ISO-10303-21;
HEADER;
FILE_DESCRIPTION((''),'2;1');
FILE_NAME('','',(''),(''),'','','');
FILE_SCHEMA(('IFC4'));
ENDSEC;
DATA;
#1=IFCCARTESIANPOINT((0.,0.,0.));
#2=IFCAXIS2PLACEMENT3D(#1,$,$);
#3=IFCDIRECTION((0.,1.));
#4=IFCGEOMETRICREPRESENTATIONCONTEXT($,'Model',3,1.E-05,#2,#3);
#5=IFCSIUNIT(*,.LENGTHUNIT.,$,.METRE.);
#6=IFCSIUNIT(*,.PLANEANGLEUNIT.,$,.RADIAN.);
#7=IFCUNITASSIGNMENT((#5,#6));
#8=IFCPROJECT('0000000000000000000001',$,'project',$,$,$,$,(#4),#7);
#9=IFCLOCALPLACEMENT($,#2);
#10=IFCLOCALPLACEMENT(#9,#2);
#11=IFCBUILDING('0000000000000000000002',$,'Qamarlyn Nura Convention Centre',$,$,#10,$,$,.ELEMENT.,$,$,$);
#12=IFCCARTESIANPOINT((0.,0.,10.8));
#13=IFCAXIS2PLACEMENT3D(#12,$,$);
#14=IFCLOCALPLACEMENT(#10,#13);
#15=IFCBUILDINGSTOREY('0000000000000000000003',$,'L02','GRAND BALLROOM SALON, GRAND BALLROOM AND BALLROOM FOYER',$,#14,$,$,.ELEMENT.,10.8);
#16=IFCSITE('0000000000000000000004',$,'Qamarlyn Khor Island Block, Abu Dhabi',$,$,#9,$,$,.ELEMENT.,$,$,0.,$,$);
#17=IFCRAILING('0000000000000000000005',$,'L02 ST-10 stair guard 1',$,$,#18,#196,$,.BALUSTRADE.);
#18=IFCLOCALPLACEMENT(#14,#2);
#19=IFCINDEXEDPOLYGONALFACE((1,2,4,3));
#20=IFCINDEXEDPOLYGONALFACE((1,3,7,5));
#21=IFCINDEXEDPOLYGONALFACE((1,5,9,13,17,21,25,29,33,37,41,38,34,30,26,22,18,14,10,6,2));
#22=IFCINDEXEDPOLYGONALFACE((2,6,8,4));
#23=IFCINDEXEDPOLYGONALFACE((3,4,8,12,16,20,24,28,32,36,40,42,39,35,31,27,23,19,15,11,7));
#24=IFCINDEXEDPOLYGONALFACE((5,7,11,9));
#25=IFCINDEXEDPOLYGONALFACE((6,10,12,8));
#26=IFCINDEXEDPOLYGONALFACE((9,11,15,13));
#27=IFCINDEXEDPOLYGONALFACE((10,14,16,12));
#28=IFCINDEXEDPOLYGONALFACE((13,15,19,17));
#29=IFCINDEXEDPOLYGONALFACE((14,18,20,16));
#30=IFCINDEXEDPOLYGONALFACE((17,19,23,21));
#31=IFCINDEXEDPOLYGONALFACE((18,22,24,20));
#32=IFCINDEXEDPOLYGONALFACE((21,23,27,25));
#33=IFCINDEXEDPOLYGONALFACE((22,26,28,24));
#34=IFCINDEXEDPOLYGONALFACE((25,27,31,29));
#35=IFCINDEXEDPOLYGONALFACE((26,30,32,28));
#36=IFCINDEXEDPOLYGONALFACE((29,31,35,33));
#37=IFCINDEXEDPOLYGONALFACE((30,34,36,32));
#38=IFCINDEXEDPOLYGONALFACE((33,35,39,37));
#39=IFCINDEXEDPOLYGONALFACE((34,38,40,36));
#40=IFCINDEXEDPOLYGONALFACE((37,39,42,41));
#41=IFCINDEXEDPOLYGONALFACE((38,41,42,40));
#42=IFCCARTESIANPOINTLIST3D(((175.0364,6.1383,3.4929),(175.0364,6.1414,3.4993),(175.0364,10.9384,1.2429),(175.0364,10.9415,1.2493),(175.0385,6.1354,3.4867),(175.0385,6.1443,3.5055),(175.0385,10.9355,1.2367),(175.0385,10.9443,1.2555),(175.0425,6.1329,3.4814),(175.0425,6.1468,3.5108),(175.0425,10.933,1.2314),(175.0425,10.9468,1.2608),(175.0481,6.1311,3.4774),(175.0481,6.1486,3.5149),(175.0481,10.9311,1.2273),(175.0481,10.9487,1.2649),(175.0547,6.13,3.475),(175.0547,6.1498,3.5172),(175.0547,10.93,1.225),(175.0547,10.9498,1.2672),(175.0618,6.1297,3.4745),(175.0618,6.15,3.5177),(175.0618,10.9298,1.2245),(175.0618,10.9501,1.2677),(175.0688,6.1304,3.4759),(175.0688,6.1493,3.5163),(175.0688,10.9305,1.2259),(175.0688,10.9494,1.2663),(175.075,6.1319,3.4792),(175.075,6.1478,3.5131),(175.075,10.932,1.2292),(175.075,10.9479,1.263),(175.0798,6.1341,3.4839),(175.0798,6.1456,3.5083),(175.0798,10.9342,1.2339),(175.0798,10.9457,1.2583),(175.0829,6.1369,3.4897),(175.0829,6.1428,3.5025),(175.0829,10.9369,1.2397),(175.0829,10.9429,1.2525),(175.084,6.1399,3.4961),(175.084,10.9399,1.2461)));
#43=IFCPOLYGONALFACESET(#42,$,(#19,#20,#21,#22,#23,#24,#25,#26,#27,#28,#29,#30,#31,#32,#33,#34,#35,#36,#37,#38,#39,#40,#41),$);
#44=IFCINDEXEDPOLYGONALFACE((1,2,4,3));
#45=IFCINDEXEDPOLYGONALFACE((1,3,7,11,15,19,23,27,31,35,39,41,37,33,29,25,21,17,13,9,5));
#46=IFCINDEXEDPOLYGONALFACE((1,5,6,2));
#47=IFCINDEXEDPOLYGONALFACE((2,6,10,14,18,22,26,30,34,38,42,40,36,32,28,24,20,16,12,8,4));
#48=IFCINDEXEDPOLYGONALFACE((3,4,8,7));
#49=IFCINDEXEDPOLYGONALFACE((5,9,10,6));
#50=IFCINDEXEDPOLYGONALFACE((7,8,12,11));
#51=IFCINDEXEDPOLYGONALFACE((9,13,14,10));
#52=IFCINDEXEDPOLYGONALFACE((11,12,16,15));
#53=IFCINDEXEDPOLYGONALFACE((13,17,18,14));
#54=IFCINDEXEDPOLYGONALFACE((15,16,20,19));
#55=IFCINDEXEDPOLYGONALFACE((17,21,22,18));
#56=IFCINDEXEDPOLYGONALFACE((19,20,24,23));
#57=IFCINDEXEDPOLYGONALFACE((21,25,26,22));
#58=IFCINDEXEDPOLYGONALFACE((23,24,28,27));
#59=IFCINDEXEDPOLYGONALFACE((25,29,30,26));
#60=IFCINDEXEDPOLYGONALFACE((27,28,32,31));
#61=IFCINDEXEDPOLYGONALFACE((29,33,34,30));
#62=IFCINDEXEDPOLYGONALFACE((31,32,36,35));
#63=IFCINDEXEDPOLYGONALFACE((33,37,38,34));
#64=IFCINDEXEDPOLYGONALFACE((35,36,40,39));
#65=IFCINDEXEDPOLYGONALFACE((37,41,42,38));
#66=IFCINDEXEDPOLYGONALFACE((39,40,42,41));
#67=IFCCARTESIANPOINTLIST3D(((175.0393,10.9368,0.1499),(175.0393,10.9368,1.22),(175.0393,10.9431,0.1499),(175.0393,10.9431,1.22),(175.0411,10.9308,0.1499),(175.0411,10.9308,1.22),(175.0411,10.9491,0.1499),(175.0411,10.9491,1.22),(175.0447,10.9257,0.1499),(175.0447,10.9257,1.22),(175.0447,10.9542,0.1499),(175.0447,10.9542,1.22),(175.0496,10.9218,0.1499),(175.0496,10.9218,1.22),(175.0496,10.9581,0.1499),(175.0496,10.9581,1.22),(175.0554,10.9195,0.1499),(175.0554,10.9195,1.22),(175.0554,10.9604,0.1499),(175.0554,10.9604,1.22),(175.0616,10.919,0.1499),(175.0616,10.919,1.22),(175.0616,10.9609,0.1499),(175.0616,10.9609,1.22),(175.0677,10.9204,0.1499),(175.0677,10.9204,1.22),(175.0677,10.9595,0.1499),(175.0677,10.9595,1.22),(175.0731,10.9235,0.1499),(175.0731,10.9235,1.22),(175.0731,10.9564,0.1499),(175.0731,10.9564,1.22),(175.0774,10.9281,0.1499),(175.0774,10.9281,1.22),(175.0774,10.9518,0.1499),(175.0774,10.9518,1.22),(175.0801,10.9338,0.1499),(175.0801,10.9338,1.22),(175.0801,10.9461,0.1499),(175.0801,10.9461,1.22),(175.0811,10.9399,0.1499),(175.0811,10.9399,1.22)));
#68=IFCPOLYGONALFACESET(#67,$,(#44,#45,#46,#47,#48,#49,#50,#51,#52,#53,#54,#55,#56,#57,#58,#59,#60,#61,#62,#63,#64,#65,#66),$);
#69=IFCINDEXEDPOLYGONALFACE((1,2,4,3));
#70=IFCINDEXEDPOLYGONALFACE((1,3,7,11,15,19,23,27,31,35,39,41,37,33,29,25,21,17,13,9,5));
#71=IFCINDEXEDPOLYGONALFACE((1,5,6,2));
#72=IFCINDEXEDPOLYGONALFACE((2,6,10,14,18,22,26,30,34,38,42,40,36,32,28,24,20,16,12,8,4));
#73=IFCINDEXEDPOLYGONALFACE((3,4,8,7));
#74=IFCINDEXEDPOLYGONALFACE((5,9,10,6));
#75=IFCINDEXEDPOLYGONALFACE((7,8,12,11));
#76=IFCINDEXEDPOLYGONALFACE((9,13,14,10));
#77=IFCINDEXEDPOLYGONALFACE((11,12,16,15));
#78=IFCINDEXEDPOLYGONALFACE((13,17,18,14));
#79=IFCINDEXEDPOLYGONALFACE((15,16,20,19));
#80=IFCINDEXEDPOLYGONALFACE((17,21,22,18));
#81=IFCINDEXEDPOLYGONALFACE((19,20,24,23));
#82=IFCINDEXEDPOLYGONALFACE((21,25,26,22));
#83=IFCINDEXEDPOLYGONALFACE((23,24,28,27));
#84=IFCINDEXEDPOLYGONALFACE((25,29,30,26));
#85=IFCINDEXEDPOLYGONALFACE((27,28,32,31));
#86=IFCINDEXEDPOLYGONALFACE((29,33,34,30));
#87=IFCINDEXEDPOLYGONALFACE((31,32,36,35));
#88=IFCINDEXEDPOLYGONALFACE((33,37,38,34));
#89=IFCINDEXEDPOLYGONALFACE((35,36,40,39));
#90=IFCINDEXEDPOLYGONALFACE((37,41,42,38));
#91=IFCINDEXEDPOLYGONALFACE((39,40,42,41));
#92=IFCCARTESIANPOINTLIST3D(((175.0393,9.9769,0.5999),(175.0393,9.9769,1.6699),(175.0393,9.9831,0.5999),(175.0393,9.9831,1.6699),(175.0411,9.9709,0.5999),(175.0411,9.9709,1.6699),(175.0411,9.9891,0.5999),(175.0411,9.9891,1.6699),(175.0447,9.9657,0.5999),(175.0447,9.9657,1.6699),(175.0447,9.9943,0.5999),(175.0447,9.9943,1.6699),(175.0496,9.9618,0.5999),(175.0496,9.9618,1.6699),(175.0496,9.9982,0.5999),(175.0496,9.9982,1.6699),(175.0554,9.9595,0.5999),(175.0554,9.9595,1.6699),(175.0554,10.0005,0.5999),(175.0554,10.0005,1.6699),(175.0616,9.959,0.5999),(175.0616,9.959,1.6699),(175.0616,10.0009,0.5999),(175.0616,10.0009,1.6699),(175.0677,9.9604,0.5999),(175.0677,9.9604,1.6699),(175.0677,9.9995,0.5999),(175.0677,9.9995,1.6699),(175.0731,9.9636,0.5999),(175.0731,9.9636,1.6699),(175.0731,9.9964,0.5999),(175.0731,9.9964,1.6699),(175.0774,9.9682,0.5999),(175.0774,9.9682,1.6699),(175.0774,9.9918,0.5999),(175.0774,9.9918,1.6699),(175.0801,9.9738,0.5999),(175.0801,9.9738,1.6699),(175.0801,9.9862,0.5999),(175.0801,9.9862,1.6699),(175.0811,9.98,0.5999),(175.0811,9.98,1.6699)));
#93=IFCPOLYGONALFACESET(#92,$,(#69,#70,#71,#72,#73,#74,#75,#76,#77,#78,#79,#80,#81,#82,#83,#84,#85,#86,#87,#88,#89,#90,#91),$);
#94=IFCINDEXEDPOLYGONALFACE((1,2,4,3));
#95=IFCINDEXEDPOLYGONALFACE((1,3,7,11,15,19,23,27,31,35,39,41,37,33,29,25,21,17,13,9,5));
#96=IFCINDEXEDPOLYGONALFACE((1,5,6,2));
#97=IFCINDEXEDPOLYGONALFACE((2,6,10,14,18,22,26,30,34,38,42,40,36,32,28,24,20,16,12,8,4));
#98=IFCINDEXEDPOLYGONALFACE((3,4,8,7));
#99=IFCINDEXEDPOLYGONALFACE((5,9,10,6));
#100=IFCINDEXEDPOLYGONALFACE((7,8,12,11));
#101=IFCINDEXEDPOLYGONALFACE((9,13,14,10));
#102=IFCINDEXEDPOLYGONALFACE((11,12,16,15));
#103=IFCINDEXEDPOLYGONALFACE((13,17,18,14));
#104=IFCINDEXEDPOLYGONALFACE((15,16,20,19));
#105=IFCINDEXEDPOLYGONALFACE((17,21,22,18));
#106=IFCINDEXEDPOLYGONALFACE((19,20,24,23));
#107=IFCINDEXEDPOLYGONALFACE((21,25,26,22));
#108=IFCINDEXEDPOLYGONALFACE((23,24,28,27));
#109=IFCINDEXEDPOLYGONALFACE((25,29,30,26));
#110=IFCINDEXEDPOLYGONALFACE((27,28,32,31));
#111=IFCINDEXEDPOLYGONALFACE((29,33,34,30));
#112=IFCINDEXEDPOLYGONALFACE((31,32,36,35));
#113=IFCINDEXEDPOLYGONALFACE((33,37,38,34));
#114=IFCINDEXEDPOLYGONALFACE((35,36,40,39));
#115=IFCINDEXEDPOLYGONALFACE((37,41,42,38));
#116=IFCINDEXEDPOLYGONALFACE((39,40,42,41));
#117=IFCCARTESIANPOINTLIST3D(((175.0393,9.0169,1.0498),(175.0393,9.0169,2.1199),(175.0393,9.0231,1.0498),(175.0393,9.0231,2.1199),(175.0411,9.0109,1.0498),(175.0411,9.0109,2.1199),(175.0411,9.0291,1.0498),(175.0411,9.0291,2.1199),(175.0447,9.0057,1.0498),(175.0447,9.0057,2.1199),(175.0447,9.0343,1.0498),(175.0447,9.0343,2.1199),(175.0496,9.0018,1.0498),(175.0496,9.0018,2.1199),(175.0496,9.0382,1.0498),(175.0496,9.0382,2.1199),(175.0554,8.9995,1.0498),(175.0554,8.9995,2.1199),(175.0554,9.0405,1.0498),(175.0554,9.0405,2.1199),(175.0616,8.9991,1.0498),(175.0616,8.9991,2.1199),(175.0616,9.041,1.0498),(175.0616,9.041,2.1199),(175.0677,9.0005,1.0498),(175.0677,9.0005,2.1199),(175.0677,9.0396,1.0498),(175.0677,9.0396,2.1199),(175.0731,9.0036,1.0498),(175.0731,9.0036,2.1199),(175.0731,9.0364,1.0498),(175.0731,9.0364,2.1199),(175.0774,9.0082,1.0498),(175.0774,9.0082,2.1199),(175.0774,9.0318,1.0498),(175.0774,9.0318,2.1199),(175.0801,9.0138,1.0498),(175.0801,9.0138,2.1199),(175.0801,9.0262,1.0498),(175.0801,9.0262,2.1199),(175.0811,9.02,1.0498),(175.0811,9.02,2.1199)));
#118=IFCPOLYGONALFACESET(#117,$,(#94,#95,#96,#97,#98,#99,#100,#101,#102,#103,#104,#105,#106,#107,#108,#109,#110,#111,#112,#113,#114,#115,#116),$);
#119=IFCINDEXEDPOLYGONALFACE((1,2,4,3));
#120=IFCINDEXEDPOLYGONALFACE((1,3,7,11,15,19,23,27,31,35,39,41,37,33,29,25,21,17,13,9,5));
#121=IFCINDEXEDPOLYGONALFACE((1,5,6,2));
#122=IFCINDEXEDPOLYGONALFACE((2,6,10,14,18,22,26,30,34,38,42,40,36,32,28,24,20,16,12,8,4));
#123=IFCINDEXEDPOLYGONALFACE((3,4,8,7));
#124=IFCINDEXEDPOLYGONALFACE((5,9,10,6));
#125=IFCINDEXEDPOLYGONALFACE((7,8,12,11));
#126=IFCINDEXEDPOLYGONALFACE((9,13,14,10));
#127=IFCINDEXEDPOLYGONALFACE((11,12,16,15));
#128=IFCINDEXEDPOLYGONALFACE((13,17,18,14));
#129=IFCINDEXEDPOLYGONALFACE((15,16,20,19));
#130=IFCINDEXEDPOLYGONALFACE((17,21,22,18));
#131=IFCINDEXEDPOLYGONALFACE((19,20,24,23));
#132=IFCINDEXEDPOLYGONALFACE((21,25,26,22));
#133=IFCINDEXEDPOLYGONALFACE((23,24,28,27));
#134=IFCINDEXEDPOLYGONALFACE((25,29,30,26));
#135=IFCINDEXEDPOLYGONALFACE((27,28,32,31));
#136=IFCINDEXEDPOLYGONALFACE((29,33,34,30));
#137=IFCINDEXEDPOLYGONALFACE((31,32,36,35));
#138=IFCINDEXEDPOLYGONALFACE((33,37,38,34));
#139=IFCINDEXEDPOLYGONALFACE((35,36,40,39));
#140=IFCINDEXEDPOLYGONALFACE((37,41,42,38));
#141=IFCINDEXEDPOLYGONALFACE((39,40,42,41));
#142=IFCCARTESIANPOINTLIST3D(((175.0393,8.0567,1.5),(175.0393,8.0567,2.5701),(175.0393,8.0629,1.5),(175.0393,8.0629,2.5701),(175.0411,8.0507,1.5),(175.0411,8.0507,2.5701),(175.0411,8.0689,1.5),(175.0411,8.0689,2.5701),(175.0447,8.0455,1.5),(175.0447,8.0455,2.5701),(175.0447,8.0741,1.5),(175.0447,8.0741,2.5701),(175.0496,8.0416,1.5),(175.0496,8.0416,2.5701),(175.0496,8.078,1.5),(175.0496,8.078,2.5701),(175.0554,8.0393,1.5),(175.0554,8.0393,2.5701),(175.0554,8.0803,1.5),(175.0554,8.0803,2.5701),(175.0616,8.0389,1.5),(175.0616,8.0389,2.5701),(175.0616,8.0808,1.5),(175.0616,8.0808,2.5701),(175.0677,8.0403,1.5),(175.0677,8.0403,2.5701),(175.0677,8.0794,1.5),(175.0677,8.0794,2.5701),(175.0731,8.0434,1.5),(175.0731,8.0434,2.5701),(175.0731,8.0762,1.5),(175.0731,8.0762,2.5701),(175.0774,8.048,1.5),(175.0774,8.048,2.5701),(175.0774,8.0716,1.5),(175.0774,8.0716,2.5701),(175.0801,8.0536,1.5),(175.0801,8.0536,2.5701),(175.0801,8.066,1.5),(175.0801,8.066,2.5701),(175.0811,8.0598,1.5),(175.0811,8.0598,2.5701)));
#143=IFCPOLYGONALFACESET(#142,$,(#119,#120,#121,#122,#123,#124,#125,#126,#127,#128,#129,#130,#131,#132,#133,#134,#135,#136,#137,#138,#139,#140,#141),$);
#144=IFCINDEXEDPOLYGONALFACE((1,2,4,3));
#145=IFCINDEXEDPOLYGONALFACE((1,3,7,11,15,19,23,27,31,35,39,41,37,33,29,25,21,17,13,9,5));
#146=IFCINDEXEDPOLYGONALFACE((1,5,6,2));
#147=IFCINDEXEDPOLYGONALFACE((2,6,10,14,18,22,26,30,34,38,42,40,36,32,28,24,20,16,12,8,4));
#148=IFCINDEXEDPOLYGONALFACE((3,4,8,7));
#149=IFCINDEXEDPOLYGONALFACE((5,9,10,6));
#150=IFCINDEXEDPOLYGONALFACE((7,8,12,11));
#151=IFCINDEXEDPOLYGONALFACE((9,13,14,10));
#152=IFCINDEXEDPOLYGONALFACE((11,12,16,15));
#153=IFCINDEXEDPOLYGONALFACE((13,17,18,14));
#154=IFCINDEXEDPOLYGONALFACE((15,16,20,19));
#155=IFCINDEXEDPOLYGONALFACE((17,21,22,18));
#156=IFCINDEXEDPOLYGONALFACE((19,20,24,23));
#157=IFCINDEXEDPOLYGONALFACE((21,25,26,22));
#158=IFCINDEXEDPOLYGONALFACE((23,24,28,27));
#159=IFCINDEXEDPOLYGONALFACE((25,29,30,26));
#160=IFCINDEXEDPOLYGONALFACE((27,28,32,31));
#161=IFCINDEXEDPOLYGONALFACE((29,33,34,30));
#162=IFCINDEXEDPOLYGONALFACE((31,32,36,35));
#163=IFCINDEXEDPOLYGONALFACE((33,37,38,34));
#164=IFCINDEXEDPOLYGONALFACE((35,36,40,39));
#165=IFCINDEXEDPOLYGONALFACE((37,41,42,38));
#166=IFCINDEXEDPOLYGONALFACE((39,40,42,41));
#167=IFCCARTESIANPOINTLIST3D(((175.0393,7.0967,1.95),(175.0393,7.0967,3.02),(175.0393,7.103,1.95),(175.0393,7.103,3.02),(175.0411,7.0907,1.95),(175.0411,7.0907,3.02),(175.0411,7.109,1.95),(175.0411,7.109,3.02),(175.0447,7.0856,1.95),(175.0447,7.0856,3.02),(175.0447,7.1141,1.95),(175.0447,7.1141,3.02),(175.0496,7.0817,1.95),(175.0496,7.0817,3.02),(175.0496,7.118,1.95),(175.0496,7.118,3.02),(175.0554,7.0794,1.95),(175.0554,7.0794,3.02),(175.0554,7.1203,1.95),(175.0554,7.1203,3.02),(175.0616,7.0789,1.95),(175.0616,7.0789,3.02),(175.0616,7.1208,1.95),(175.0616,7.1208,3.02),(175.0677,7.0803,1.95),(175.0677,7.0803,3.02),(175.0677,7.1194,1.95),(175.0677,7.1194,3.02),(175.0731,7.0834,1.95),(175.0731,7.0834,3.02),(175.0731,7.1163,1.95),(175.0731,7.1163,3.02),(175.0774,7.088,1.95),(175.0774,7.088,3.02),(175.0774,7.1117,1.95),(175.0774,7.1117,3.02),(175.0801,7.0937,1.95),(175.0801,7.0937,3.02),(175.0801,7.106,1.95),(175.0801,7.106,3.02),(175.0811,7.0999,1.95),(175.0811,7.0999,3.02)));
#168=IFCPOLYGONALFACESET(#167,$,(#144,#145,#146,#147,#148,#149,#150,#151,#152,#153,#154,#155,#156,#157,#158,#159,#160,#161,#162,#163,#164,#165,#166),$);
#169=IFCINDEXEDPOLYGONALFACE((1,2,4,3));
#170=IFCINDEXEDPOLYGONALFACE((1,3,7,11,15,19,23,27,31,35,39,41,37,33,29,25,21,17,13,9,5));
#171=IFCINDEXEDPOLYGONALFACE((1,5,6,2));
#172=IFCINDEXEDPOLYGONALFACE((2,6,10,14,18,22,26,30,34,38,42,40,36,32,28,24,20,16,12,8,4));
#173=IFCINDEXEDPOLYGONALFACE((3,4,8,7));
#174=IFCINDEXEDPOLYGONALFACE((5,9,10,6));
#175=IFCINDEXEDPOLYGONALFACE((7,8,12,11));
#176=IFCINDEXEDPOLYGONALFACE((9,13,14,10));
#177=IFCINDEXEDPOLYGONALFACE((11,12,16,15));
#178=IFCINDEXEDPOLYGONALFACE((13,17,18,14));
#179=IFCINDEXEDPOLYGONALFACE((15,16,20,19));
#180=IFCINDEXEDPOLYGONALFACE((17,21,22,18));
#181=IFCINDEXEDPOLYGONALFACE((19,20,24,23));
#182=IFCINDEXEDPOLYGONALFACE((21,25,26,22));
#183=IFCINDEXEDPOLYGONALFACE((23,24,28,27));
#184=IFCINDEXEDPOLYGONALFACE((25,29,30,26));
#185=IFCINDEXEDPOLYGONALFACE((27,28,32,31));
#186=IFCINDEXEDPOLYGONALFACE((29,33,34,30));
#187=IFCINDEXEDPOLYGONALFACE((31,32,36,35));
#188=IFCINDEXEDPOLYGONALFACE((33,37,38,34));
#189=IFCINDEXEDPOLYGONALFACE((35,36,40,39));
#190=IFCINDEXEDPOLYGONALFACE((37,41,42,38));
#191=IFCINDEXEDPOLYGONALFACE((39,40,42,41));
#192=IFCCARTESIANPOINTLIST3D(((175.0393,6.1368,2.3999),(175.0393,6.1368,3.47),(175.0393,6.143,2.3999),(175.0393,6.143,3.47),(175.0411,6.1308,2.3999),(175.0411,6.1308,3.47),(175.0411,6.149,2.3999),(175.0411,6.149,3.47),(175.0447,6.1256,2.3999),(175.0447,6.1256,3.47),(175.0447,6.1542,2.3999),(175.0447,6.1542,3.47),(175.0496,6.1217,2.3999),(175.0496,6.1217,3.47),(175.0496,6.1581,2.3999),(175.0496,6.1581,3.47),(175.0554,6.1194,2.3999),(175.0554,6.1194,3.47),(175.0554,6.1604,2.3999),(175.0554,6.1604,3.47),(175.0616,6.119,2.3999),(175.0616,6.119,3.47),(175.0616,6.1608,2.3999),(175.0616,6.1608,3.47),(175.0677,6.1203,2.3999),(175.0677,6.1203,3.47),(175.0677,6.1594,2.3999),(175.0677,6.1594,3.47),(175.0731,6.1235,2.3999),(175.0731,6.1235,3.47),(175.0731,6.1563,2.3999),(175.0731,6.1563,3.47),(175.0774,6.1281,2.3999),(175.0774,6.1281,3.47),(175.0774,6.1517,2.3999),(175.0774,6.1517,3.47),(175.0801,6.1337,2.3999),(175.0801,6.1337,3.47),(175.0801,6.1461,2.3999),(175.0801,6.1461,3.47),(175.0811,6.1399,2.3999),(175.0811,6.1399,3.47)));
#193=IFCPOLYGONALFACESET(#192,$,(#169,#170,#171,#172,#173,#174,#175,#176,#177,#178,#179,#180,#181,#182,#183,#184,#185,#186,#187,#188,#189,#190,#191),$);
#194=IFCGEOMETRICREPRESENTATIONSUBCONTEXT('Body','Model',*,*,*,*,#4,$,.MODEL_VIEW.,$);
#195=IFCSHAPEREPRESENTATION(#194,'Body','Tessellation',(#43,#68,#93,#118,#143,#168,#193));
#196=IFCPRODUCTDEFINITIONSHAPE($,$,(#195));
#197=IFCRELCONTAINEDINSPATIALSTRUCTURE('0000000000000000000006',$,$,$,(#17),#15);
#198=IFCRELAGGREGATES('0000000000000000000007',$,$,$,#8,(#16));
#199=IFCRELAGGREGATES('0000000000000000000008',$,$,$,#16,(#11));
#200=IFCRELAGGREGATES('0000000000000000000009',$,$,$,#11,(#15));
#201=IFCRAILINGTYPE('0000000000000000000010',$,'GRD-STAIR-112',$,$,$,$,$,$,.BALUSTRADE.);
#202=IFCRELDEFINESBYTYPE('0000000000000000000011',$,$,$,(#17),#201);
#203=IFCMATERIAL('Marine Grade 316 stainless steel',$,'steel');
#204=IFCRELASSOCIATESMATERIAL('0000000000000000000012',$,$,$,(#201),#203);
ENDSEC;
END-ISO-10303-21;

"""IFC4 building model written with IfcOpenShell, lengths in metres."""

from ifc_helpers import new_model, si_unit, direction, frame, origin, origin_2d, place, context, subcontext, project, spatial, circle, extrude, material, type_object, element, save


model = new_model("IFC4")

# Units and contexts
model_context = context("Model", 3, precision=1e-05, world=origin(), true_north=direction((0.0, 1.0)))
body_context = subcontext(model_context, "Body", "Model", "MODEL_VIEW")
ifc_project = project(units=[si_unit("LENGTHUNIT", "METRE"), si_unit("PLANEANGLEUNIT", "RADIAN")], contexts=[model_context])

# Site, building, storey
site_placement = place(None, origin())
site = spatial("IfcSite", under=ifc_project, at=site_placement, Name="Qamarlyn Khor Island Block, Abu Dhabi", CompositionType="ELEMENT", RefElevation=0.0)
building_placement = place(site_placement, origin())
building = spatial("IfcBuilding", under=site, at=building_placement, Name="Qamarlyn Nura Convention Centre", CompositionType="ELEMENT")
storey_placement = place(building_placement, frame((0.0, 0.0, 10.8)))
storey = spatial("IfcBuildingStorey", under=building, at=storey_placement, Name="L02", Description="GRAND BALLROOM SALON, GRAND BALLROOM AND BALLROOM FOYER", CompositionType="ELEMENT", Elevation=10.8)

# Railing
ifc_material_1 = material(Name="Marine Grade 316 stainless steel", Category="steel")
railing_type_1 = type_object("IfcRailingType", Name="GRD-STAIR-112", PredefinedType="BALUSTRADE", material=ifc_material_1)
railing_1_placement = place(storey_placement, frame((175.0601, 10.9399, 0.1499)))
element("IfcRailing", 1, at=railing_1_placement, inside=storey, type_object=railing_type_1, Name="L02 ST-10 stair guard 1", PredefinedType="BALUSTRADE", context=body_context, shape_type="SweptSolid", body=[
    extrude(circle(Radius=0.0239, at=origin_2d()), frame((0.0, 0.0, 1.0962), z_axis=(0.0, -0.905461, 0.42443), x_axis=(1.0, 0.0, 0.0)), (0.0, 0.0, 1.0), 5.3013),
    extrude(circle(Radius=0.021, at=origin_2d()), origin(), (0.0, 0.0, 1.0), 1.0701),
    extrude(circle(Radius=0.021, at=origin_2d()), frame((0.0, -0.96, 0.45)), (0.0, 0.0, 1.0), 1.0701),
    extrude(circle(Radius=0.021, at=origin_2d()), frame((0.0, -1.9199, 0.8999)), (0.0, 0.0, 1.0), 1.0701),
    extrude(circle(Radius=0.021, at=origin_2d()), frame((0.0, -2.8801, 1.3501)), (0.0, 0.0, 1.0), 1.0701),
    extrude(circle(Radius=0.021, at=origin_2d()), frame((0.0, -3.8401, 1.8)), (0.0, 0.0, 1.0), 1.0701),
    extrude(circle(Radius=0.021, at=origin_2d()), frame((0.0, -4.8, 2.25)), (0.0, 0.0, 1.0), 1.0701),
])

save(model, "model.ifc")
